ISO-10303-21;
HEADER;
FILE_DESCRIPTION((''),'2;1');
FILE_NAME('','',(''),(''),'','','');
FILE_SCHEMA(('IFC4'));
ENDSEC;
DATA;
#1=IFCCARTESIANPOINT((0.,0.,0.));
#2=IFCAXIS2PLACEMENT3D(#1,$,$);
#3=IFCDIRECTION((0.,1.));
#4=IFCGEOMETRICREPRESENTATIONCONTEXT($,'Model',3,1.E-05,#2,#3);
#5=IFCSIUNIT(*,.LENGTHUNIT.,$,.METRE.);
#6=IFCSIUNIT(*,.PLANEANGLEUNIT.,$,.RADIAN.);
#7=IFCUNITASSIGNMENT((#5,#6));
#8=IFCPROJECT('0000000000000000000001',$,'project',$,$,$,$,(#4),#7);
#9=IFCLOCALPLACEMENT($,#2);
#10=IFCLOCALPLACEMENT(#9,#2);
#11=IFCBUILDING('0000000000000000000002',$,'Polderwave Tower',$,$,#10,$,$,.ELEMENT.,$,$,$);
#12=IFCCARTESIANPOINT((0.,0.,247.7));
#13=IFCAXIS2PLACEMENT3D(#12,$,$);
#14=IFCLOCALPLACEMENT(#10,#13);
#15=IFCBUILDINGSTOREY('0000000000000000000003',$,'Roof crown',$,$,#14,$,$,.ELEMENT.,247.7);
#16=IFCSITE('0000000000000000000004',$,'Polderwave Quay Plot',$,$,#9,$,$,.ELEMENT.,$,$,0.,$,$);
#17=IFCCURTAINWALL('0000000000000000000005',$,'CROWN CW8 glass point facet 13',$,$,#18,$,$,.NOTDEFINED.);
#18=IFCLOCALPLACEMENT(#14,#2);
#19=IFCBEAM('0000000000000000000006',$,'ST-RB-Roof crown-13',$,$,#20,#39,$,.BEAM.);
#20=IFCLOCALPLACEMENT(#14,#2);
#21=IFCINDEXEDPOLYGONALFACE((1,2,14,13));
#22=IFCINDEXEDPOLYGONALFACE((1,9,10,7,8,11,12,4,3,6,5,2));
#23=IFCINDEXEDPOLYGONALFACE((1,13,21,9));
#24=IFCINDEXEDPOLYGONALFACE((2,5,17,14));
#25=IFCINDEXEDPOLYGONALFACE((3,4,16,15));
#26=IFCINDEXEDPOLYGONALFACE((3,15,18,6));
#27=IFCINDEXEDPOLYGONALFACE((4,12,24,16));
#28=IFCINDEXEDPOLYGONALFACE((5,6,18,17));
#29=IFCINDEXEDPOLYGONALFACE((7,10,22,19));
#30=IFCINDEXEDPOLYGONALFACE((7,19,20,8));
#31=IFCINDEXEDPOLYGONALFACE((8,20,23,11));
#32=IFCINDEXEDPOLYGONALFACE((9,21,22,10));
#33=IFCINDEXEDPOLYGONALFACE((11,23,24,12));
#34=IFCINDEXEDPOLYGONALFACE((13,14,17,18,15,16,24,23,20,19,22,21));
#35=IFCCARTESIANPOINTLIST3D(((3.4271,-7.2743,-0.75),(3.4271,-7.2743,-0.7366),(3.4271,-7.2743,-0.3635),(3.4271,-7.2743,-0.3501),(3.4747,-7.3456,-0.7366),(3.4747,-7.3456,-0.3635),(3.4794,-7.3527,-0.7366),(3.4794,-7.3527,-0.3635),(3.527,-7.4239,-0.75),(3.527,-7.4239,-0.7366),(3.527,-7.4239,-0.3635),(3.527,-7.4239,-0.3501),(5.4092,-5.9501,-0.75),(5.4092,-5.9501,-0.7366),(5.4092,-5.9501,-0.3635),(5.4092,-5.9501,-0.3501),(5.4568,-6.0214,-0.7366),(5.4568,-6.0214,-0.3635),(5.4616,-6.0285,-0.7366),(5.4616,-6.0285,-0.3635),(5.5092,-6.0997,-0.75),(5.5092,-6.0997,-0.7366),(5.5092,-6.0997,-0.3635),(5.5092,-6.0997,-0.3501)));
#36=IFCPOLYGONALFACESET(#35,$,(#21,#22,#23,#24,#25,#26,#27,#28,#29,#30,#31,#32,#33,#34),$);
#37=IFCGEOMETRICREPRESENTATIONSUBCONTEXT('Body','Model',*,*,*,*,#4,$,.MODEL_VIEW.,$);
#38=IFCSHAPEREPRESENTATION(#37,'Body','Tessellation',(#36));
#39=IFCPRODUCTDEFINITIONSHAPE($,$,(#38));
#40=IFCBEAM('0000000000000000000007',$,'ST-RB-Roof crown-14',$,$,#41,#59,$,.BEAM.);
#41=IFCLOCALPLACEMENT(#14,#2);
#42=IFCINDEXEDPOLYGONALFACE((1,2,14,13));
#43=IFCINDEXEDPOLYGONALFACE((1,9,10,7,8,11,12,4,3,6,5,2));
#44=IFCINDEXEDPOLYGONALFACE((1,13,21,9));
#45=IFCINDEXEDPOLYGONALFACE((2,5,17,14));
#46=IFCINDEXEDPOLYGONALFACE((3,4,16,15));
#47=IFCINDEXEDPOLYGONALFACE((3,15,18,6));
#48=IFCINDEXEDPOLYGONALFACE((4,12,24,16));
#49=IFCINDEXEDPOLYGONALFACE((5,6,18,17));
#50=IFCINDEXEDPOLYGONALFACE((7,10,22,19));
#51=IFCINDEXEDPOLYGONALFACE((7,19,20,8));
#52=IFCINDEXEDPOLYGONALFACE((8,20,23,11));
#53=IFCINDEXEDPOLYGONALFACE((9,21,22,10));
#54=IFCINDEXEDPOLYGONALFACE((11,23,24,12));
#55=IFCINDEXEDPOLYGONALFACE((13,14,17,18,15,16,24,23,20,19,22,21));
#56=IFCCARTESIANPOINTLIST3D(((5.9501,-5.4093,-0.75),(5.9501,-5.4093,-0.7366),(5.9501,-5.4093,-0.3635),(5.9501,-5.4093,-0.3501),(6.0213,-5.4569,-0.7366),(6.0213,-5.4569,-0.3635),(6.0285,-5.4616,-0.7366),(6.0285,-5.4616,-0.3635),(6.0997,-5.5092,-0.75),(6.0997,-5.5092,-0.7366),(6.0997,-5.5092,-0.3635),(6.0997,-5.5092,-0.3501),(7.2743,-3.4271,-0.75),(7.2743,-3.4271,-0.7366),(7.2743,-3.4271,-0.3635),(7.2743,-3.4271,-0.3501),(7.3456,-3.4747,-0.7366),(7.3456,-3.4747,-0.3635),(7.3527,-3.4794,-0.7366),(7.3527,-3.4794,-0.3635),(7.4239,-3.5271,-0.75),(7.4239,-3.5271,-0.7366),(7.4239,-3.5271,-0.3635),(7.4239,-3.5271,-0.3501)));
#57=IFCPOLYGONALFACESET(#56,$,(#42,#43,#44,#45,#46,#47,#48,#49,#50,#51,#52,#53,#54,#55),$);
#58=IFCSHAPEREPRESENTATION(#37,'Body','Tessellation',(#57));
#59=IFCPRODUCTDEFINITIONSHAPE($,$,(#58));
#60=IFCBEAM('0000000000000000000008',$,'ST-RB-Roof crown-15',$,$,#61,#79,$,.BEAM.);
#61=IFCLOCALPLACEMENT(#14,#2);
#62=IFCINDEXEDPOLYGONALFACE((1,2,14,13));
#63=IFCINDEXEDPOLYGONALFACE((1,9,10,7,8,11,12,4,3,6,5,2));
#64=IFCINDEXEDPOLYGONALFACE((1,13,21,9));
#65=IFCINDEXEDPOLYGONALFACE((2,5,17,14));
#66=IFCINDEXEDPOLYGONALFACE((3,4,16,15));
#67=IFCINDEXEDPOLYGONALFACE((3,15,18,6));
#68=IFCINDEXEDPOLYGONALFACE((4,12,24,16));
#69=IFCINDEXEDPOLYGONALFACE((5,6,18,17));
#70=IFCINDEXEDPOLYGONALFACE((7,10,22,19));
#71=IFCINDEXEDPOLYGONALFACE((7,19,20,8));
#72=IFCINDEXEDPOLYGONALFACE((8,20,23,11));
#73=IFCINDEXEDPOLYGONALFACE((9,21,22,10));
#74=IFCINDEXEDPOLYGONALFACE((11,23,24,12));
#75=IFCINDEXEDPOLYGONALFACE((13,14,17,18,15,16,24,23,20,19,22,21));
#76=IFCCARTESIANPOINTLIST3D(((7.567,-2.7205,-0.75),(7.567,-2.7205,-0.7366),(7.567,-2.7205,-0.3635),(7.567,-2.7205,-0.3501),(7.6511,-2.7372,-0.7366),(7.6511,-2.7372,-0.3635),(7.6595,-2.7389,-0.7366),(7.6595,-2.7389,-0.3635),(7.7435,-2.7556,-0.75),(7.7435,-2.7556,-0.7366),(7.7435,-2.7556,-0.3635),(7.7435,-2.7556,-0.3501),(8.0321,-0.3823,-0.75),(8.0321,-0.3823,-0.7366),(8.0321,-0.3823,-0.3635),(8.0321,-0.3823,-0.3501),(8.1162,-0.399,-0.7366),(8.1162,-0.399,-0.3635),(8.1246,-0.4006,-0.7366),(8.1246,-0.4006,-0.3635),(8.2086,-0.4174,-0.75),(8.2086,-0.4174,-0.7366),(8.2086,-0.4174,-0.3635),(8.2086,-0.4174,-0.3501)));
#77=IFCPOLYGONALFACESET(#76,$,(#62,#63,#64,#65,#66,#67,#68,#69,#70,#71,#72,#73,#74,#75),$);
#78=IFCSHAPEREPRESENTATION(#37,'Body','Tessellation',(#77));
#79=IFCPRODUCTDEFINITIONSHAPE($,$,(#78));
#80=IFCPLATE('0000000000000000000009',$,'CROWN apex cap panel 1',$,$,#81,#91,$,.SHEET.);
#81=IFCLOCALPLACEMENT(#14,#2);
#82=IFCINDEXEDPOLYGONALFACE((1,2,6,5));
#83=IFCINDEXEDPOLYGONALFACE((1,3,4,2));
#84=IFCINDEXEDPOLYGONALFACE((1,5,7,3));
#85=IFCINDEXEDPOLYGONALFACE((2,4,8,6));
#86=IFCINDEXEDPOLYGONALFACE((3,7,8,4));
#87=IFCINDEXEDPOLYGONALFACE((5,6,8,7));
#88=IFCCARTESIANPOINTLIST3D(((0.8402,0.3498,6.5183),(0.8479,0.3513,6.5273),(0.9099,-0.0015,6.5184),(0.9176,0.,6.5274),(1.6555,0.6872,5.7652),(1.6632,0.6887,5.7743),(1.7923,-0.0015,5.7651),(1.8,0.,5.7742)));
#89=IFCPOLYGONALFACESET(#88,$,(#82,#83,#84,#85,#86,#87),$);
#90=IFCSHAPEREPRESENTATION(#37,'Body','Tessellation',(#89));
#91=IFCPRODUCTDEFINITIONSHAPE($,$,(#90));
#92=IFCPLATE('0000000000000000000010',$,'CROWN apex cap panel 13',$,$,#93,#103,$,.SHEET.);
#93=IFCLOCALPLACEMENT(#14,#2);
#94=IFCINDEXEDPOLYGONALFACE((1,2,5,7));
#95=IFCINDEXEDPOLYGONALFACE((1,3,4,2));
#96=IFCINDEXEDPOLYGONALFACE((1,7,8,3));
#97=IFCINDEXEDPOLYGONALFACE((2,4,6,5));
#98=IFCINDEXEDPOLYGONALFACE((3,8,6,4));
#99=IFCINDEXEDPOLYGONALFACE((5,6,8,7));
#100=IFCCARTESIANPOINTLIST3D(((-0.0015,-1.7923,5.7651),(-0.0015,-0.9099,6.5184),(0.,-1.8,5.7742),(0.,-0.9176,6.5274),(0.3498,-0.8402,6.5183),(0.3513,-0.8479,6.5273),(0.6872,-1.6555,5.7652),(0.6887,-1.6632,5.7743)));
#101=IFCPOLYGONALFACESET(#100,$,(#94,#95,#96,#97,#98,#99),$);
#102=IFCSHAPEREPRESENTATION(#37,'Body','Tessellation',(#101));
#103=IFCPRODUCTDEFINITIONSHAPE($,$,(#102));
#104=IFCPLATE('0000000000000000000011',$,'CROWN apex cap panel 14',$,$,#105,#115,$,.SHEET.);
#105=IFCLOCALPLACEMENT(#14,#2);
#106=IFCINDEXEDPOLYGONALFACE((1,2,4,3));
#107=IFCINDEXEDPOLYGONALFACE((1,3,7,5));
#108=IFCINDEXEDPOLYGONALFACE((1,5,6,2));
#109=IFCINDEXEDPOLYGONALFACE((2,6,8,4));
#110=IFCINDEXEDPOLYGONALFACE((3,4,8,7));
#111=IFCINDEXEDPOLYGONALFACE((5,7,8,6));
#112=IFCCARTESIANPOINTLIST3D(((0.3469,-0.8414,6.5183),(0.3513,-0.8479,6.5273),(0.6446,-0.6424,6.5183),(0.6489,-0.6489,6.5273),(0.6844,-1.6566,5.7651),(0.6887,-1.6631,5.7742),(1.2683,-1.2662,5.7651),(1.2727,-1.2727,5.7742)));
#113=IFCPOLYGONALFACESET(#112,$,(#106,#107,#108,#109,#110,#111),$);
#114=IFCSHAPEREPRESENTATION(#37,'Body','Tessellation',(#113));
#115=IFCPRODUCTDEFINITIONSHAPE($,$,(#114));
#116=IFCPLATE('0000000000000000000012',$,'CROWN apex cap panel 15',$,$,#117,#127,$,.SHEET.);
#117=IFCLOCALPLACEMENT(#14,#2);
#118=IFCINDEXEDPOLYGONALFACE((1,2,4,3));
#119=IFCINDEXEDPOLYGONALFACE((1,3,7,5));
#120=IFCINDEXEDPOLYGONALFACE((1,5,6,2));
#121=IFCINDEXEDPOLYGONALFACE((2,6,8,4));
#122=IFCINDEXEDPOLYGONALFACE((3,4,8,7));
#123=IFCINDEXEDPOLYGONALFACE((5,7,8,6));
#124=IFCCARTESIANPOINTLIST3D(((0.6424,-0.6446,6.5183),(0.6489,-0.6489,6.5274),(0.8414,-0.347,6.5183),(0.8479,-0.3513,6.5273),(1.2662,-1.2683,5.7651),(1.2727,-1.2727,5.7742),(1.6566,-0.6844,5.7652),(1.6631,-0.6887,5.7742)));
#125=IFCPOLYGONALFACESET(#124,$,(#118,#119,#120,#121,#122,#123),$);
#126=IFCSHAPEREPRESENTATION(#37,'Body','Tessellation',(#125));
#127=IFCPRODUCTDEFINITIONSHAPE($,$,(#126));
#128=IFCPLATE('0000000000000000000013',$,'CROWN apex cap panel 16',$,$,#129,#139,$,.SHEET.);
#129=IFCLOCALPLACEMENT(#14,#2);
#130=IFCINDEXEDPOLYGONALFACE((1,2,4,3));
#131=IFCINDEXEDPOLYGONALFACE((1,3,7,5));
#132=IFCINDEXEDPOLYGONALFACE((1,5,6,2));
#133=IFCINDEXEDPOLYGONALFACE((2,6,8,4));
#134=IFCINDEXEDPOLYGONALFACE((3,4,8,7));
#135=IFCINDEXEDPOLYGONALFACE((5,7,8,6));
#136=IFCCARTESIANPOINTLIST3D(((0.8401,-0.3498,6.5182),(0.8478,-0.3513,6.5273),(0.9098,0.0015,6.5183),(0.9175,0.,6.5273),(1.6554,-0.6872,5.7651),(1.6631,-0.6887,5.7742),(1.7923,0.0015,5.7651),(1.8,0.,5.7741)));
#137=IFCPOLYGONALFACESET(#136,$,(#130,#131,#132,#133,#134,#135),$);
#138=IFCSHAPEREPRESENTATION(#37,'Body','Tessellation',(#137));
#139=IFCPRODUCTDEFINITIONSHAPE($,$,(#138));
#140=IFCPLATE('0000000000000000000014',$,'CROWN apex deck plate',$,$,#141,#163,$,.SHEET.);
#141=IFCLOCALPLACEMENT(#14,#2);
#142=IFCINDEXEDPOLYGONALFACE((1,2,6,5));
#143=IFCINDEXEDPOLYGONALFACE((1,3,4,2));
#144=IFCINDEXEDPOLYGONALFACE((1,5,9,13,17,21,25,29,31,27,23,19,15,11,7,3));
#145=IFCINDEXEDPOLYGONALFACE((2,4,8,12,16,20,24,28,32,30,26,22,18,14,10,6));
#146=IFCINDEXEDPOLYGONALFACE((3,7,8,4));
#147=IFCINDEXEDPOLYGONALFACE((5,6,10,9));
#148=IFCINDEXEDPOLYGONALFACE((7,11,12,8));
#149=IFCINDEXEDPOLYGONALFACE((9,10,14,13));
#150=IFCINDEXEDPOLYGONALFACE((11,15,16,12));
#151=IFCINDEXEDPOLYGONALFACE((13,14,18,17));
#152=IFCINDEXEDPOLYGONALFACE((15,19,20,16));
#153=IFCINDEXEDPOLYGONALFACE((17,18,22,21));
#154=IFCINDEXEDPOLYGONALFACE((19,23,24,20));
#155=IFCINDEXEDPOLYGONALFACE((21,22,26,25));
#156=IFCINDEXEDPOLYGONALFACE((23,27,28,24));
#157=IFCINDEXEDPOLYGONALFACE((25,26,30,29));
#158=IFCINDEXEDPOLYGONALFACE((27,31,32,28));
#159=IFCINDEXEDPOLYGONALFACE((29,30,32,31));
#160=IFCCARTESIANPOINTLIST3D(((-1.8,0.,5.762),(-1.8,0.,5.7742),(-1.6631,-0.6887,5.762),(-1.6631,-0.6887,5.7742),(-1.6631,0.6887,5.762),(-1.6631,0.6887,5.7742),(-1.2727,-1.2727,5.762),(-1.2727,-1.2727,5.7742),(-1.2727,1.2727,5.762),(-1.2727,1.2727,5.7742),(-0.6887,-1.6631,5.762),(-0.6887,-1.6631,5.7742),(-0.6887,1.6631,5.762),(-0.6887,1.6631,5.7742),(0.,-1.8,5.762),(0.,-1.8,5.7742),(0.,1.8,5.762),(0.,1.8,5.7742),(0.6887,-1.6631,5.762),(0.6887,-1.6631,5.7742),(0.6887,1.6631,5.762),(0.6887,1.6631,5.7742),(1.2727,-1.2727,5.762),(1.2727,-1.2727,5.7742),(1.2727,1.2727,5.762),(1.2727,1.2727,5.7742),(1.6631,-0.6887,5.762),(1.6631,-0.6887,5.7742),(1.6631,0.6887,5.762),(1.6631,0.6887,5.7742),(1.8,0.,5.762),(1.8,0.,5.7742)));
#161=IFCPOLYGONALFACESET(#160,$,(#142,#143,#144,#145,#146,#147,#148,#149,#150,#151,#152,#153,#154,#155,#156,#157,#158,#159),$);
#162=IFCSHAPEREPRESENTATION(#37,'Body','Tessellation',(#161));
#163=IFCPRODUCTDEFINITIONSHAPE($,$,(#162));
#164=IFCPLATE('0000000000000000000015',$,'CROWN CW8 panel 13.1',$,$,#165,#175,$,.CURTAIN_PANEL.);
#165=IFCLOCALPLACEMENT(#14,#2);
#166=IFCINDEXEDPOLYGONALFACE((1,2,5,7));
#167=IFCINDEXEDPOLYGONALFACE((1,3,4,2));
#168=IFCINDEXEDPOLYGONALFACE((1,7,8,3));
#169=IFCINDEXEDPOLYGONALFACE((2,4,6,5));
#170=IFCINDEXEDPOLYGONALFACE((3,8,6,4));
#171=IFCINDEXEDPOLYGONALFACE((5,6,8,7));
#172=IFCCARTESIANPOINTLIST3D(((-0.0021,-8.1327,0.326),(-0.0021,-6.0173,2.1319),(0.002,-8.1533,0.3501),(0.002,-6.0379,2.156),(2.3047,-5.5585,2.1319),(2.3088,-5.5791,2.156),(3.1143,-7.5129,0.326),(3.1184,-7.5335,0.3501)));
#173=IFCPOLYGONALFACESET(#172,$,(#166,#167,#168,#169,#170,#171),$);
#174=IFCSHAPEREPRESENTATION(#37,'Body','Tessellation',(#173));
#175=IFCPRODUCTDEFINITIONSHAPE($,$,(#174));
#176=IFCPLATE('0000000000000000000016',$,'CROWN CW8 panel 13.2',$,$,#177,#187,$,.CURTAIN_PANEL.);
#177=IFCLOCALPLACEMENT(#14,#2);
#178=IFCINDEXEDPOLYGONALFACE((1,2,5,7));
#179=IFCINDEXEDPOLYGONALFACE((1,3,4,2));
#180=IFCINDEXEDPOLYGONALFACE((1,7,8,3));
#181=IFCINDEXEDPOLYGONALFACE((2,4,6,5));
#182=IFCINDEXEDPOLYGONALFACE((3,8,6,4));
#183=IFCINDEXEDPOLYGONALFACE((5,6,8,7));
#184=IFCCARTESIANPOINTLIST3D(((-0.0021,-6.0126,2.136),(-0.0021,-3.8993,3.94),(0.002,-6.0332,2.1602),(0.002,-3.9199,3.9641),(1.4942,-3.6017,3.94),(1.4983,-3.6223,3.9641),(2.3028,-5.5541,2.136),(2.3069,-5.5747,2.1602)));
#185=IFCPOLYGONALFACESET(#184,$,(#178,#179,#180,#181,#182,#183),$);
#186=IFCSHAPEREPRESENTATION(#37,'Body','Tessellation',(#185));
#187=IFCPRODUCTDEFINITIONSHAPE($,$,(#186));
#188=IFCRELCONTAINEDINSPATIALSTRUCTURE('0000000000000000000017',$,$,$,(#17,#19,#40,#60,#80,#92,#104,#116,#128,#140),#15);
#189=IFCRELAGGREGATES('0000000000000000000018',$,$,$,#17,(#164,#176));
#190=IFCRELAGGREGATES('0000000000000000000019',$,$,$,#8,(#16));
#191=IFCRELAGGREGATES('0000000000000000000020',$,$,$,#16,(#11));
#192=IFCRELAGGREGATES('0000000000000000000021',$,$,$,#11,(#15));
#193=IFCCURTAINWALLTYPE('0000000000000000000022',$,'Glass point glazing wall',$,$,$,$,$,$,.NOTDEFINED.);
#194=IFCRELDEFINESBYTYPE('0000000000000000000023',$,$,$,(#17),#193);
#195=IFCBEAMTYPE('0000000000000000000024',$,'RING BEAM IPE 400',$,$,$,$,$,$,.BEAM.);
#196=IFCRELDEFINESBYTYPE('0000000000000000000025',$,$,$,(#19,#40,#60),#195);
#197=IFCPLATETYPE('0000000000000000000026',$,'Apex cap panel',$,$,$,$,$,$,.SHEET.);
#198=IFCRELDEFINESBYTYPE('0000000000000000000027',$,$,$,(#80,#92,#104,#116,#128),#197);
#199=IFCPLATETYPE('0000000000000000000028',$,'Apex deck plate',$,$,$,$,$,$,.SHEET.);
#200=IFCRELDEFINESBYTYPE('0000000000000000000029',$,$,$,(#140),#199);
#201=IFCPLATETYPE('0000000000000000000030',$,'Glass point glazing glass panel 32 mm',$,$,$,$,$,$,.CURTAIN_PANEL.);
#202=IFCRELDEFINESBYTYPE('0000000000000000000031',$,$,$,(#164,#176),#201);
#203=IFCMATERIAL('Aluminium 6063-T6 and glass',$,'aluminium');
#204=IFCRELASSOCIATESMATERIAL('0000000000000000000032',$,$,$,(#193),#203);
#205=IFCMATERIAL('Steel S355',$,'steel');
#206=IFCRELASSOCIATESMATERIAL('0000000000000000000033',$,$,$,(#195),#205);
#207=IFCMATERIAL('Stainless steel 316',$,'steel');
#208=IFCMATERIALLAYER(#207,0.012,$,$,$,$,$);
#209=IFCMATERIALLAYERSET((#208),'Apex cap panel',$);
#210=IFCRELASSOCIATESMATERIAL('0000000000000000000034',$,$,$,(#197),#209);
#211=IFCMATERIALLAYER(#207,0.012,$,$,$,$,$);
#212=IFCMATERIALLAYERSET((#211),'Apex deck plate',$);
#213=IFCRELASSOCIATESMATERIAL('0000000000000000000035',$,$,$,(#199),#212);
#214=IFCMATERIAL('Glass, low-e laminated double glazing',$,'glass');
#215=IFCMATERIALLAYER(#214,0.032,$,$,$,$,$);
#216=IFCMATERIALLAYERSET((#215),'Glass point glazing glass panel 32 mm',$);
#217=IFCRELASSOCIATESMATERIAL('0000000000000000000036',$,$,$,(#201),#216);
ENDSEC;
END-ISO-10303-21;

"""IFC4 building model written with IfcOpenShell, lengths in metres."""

from ifc_helpers import new_model, si_unit, direction, frame, origin, origin_2d, place, context, subcontext, project, spatial, polyline, i_section, outline, extrude, material, layer, layer_set, material_profile, profile_set, type_object, element, aggregate, save


model = new_model("IFC4")

# Units and contexts
model_context = context("Model", 3, precision=1e-05, world=origin(), true_north=direction((0.0, 1.0)))
body_context = subcontext(model_context, "Body", "Model", "MODEL_VIEW")
ifc_project = project(units=[si_unit("LENGTHUNIT", "METRE"), si_unit("PLANEANGLEUNIT", "RADIAN")], contexts=[model_context])

# Site, building, storey
site_placement = place(None, origin())
site = spatial("IfcSite", under=ifc_project, at=site_placement, Name="Polderwave Quay Plot", CompositionType="ELEMENT", RefElevation=0.0)
building_placement = place(site_placement, origin())
building = spatial("IfcBuilding", under=site, at=building_placement, Name="Polderwave Tower", CompositionType="ELEMENT")
storey_placement = place(building_placement, frame((0.0, 0.0, 247.7)))
storey = spatial("IfcBuildingStorey", under=building, at=storey_placement, Name="Roof crown", CompositionType="ELEMENT", Elevation=247.7)

# Curtain wall
ifc_material_1 = material(Name="Aluminium 6063-T6 and glass", Category="aluminium")
curtain_wall_type = type_object("IfcCurtainWallType", Name="Glass point glazing wall", PredefinedType="NOTDEFINED", material=ifc_material_1)
curtain_wall_1_placement = place(storey_placement, origin())
curtain_wall_1 = element("IfcCurtainWall", 1, at=curtain_wall_1_placement, inside=storey, type_object=curtain_wall_type, Name="CROWN CW8 glass point facet 13", PredefinedType="NOTDEFINED")

# Beams
ifc_material_2 = material(Name="Steel S355", Category="steel")
ifc_material_profile_1 = material_profile(ifc_material_2, i_section(OverallWidth=0.1799, OverallDepth=0.3999, WebThickness=0.0085, FlangeThickness=0.0134, at=origin_2d()), Name="IPE 400")
ifc_profile_set_1 = profile_set([ifc_material_profile_1], Name="Steel S355")
beam_type = type_object("IfcBeamType", Name="RING BEAM IPE 400", PredefinedType="BEAM", material=ifc_profile_set_1)
for number, where, z_axis, x_axis, name in (
    (2, (3.4771, -7.3491, -0.55), (0.831514, 0.555504, 0.0), (-0.555504, 0.831514, 0.0), "ST-RB-Roof crown-13"),
    (3, (6.0249, -5.4592, -0.55), (0.555504, 0.831514, 0.0), (-0.831514, 0.555504, 0.0), "ST-RB-Roof crown-14"),
):
    element("IfcBeam", number, at=place(storey_placement, frame(where, z_axis=z_axis, x_axis=x_axis)), inside=storey, type_object=beam_type, Name=name, PredefinedType="BEAM", context=body_context, shape_type="SweptSolid", body=[
        extrude(i_section(OverallWidth=0.1799, OverallDepth=0.3999, WebThickness=0.0085, FlangeThickness=0.0134, at=origin_2d()), origin(), (0.0, 0.0, 1.0), 2.3838),
    ])
beam_1_placement = place(storey_placement, frame((7.6553, -2.738, -0.55), z_axis=(0.195092, 0.980785, 0.0), x_axis=(-0.980785, 0.195092, 0.0)))
element("IfcBeam", 4, at=beam_1_placement, inside=storey, type_object=beam_type, Name="ST-RB-Roof crown-15", PredefinedType="BEAM", context=body_context, shape_type="SweptSolid", body=[
    extrude(i_section(OverallWidth=0.1799, OverallDepth=0.3999, WebThickness=0.0085, FlangeThickness=0.0134, at=origin_2d()), origin(), (0.0, 0.0, 1.0), 2.384),
])

# Plates
ifc_material_3 = material(Name="Stainless steel 316", Category="steel")
ifc_layer_1 = layer(ifc_material_3, 0.012)
ifc_layer_set_1 = layer_set([ifc_layer_1], Name="Apex cap panel")
plate_type_1 = type_object("IfcPlateType", Name="Apex cap panel", PredefinedType="SHEET", material=ifc_layer_set_1)
for number, where, z_axis, x_axis, name in (
    (5, (1.8, 0.0, 5.7742), (0.643894, 0.127872, 0.754353), (-0.194935, 0.980816, 0.000131), "CROWN apex cap panel 1"),
    (6, (0.0, -1.8, 5.7742), (0.127872, -0.643894, 0.754353), (0.980816, 0.194935, 0.000131), "CROWN apex cap panel 13"),
):
    element("IfcPlate", number, at=place(storey_placement, frame(where, z_axis=z_axis, x_axis=x_axis)), inside=storey, type_object=plate_type_1, Name=name, PredefinedType="SHEET", context=body_context, shape_type="SweptSolid", body=[
        extrude(outline(polyline([(0.0, 0.0), (0.7022, 0.0), (0.5303, 1.1472), (0.1721, 1.1474), (0.0, 0.0)])), origin(), (0.0, 0.0, -1.0), 0.012),
    ])
plate_1_placement = place(storey_placement, frame((0.6887, -1.6631, 5.7742), z_axis=(0.3649, -0.545839, 0.75426), x_axis=(0.831349, 0.555751, -0.000012)))
element("IfcPlate", 7, at=plate_1_placement, inside=storey, type_object=plate_type_1, Name="CROWN apex cap panel 14", PredefinedType="SHEET", context=body_context, shape_type="SweptSolid", body=[
    extrude(outline(polyline([(0.0, 0.0), (0.7024, 0.0), (0.5305, 1.1471), (0.1725, 1.1471), (0.0, 0.0)])), origin(), (0.0, 0.0, -1.0), 0.012),
])
plate_2_placement = place(storey_placement, frame((1.2727, -1.2727, 5.7742), z_axis=(0.545839, -0.3649, 0.75426), x_axis=(0.555751, 0.831349, 0.000012)))
element("IfcPlate", 8, at=plate_2_placement, inside=storey, type_object=plate_type_1, Name="CROWN apex cap panel 15", PredefinedType="SHEET", context=body_context, shape_type="SweptSolid", body=[
    extrude(outline(polyline([(0.0, 0.0), (0.7024, 0.0), (0.5299, 1.1471), (0.1719, 1.1471), (0.0, 0.0)])), origin(), (0.0, 0.0, -1.0), 0.012),
])
plate_3_placement = place(storey_placement, frame((1.6631, -0.6887, 5.7742), z_axis=(0.643894, -0.127872, 0.754353), x_axis=(0.194935, 0.980816, -0.000131)))
element("IfcPlate", 9, at=plate_3_placement, inside=storey, type_object=plate_type_1, Name="CROWN apex cap panel 16", PredefinedType="SHEET", context=body_context, shape_type="SweptSolid", body=[
    extrude(outline(polyline([(0.0, 0.0), (0.7022, 0.0), (0.5301, 1.1474), (0.1719, 1.1472), (0.0, 0.0)])), origin(), (0.0, 0.0, -1.0), 0.012),
])
ifc_layer_2 = layer(ifc_material_3, 0.012)
ifc_layer_set_2 = layer_set([ifc_layer_2], Name="Apex deck plate")
plate_type_2 = type_object("IfcPlateType", Name="Apex deck plate", PredefinedType="SHEET", material=ifc_layer_set_2)
plate_4_placement = place(storey_placement, frame((0.0, 0.0, 5.762)))
element("IfcPlate", 10, at=plate_4_placement, inside=storey, type_object=plate_type_2, Name="CROWN apex deck plate", PredefinedType="SHEET", context=body_context, shape_type="SweptSolid", body=[
    extrude(outline(polyline([(1.8, 0.0), (1.6631, 0.6887), (1.2727, 1.2727), (0.6887, 1.6631), (0.0, 1.8), (-0.6887, 1.6631), (-1.2727, 1.2727), (-1.6631, 0.6887), (-1.8, 0.0), (-1.6631, -0.6887), (-1.2727, -1.2727), (-0.6887, -1.6631), (0.0, -1.8), (0.6887, -1.6631), (1.2727, -1.2727), (1.6631, -0.6887), (1.8, 0.0)])), origin(), (0.0, 0.0, 1.0), 0.0122),
])

# Plates
ifc_material_4 = material(Name="Glass, low-e laminated double glazing", Category="glass")
ifc_layer_3 = layer(ifc_material_4, 0.032)
ifc_layer_set_3 = layer_set([ifc_layer_3], Name="Glass point glazing glass panel 32 mm")
plate_type_3 = type_object("IfcPlateType", Name="Glass point glazing glass panel 32 mm", PredefinedType="CURTAIN_PANEL", material=ifc_layer_set_3)
plate_5_placement = place(storey_placement, frame((0.002, -8.1533, 0.3501), z_axis=(0.128067, -0.643929, 0.75429), x_axis=(0.980789, 0.195074, 0.000009)))
plate_5 = element("IfcPlate", 11, at=plate_5_placement, type_object=plate_type_3, Name="CROWN CW8 panel 13.1", PredefinedType="CURTAIN_PANEL", context=body_context, shape_type="SweptSolid", body=[
    extrude(outline(polyline([(0.0, 0.0), (3.1775, 0.0), (2.7647, 2.7506), (0.4127, 2.7507), (0.0, 0.0)])), origin(), (0.0, 0.0, -1.0), 0.032),
])
plate_6_placement = place(storey_placement, frame((0.002, -6.0332, 2.1602), z_axis=(0.128078, -0.643906, 0.754308), x_axis=(0.980785, 0.195092, 0.000005)))
plate_6 = element("IfcPlate", 12, at=plate_6_placement, type_object=plate_type_3, Name="CROWN CW8 panel 13.2", PredefinedType="CURTAIN_PANEL", context=body_context, shape_type="SweptSolid", body=[
    extrude(outline(polyline([(0.0, 0.0), (2.3501, 0.0), (1.9379, 2.7477), (0.4123, 2.7478), (0.0, 0.0)])), origin(), (0.0, 0.0, -1.0), 0.032),
])
aggregate(curtain_wall_1, [plate_5, plate_6])

save(model, "model.ifc")
